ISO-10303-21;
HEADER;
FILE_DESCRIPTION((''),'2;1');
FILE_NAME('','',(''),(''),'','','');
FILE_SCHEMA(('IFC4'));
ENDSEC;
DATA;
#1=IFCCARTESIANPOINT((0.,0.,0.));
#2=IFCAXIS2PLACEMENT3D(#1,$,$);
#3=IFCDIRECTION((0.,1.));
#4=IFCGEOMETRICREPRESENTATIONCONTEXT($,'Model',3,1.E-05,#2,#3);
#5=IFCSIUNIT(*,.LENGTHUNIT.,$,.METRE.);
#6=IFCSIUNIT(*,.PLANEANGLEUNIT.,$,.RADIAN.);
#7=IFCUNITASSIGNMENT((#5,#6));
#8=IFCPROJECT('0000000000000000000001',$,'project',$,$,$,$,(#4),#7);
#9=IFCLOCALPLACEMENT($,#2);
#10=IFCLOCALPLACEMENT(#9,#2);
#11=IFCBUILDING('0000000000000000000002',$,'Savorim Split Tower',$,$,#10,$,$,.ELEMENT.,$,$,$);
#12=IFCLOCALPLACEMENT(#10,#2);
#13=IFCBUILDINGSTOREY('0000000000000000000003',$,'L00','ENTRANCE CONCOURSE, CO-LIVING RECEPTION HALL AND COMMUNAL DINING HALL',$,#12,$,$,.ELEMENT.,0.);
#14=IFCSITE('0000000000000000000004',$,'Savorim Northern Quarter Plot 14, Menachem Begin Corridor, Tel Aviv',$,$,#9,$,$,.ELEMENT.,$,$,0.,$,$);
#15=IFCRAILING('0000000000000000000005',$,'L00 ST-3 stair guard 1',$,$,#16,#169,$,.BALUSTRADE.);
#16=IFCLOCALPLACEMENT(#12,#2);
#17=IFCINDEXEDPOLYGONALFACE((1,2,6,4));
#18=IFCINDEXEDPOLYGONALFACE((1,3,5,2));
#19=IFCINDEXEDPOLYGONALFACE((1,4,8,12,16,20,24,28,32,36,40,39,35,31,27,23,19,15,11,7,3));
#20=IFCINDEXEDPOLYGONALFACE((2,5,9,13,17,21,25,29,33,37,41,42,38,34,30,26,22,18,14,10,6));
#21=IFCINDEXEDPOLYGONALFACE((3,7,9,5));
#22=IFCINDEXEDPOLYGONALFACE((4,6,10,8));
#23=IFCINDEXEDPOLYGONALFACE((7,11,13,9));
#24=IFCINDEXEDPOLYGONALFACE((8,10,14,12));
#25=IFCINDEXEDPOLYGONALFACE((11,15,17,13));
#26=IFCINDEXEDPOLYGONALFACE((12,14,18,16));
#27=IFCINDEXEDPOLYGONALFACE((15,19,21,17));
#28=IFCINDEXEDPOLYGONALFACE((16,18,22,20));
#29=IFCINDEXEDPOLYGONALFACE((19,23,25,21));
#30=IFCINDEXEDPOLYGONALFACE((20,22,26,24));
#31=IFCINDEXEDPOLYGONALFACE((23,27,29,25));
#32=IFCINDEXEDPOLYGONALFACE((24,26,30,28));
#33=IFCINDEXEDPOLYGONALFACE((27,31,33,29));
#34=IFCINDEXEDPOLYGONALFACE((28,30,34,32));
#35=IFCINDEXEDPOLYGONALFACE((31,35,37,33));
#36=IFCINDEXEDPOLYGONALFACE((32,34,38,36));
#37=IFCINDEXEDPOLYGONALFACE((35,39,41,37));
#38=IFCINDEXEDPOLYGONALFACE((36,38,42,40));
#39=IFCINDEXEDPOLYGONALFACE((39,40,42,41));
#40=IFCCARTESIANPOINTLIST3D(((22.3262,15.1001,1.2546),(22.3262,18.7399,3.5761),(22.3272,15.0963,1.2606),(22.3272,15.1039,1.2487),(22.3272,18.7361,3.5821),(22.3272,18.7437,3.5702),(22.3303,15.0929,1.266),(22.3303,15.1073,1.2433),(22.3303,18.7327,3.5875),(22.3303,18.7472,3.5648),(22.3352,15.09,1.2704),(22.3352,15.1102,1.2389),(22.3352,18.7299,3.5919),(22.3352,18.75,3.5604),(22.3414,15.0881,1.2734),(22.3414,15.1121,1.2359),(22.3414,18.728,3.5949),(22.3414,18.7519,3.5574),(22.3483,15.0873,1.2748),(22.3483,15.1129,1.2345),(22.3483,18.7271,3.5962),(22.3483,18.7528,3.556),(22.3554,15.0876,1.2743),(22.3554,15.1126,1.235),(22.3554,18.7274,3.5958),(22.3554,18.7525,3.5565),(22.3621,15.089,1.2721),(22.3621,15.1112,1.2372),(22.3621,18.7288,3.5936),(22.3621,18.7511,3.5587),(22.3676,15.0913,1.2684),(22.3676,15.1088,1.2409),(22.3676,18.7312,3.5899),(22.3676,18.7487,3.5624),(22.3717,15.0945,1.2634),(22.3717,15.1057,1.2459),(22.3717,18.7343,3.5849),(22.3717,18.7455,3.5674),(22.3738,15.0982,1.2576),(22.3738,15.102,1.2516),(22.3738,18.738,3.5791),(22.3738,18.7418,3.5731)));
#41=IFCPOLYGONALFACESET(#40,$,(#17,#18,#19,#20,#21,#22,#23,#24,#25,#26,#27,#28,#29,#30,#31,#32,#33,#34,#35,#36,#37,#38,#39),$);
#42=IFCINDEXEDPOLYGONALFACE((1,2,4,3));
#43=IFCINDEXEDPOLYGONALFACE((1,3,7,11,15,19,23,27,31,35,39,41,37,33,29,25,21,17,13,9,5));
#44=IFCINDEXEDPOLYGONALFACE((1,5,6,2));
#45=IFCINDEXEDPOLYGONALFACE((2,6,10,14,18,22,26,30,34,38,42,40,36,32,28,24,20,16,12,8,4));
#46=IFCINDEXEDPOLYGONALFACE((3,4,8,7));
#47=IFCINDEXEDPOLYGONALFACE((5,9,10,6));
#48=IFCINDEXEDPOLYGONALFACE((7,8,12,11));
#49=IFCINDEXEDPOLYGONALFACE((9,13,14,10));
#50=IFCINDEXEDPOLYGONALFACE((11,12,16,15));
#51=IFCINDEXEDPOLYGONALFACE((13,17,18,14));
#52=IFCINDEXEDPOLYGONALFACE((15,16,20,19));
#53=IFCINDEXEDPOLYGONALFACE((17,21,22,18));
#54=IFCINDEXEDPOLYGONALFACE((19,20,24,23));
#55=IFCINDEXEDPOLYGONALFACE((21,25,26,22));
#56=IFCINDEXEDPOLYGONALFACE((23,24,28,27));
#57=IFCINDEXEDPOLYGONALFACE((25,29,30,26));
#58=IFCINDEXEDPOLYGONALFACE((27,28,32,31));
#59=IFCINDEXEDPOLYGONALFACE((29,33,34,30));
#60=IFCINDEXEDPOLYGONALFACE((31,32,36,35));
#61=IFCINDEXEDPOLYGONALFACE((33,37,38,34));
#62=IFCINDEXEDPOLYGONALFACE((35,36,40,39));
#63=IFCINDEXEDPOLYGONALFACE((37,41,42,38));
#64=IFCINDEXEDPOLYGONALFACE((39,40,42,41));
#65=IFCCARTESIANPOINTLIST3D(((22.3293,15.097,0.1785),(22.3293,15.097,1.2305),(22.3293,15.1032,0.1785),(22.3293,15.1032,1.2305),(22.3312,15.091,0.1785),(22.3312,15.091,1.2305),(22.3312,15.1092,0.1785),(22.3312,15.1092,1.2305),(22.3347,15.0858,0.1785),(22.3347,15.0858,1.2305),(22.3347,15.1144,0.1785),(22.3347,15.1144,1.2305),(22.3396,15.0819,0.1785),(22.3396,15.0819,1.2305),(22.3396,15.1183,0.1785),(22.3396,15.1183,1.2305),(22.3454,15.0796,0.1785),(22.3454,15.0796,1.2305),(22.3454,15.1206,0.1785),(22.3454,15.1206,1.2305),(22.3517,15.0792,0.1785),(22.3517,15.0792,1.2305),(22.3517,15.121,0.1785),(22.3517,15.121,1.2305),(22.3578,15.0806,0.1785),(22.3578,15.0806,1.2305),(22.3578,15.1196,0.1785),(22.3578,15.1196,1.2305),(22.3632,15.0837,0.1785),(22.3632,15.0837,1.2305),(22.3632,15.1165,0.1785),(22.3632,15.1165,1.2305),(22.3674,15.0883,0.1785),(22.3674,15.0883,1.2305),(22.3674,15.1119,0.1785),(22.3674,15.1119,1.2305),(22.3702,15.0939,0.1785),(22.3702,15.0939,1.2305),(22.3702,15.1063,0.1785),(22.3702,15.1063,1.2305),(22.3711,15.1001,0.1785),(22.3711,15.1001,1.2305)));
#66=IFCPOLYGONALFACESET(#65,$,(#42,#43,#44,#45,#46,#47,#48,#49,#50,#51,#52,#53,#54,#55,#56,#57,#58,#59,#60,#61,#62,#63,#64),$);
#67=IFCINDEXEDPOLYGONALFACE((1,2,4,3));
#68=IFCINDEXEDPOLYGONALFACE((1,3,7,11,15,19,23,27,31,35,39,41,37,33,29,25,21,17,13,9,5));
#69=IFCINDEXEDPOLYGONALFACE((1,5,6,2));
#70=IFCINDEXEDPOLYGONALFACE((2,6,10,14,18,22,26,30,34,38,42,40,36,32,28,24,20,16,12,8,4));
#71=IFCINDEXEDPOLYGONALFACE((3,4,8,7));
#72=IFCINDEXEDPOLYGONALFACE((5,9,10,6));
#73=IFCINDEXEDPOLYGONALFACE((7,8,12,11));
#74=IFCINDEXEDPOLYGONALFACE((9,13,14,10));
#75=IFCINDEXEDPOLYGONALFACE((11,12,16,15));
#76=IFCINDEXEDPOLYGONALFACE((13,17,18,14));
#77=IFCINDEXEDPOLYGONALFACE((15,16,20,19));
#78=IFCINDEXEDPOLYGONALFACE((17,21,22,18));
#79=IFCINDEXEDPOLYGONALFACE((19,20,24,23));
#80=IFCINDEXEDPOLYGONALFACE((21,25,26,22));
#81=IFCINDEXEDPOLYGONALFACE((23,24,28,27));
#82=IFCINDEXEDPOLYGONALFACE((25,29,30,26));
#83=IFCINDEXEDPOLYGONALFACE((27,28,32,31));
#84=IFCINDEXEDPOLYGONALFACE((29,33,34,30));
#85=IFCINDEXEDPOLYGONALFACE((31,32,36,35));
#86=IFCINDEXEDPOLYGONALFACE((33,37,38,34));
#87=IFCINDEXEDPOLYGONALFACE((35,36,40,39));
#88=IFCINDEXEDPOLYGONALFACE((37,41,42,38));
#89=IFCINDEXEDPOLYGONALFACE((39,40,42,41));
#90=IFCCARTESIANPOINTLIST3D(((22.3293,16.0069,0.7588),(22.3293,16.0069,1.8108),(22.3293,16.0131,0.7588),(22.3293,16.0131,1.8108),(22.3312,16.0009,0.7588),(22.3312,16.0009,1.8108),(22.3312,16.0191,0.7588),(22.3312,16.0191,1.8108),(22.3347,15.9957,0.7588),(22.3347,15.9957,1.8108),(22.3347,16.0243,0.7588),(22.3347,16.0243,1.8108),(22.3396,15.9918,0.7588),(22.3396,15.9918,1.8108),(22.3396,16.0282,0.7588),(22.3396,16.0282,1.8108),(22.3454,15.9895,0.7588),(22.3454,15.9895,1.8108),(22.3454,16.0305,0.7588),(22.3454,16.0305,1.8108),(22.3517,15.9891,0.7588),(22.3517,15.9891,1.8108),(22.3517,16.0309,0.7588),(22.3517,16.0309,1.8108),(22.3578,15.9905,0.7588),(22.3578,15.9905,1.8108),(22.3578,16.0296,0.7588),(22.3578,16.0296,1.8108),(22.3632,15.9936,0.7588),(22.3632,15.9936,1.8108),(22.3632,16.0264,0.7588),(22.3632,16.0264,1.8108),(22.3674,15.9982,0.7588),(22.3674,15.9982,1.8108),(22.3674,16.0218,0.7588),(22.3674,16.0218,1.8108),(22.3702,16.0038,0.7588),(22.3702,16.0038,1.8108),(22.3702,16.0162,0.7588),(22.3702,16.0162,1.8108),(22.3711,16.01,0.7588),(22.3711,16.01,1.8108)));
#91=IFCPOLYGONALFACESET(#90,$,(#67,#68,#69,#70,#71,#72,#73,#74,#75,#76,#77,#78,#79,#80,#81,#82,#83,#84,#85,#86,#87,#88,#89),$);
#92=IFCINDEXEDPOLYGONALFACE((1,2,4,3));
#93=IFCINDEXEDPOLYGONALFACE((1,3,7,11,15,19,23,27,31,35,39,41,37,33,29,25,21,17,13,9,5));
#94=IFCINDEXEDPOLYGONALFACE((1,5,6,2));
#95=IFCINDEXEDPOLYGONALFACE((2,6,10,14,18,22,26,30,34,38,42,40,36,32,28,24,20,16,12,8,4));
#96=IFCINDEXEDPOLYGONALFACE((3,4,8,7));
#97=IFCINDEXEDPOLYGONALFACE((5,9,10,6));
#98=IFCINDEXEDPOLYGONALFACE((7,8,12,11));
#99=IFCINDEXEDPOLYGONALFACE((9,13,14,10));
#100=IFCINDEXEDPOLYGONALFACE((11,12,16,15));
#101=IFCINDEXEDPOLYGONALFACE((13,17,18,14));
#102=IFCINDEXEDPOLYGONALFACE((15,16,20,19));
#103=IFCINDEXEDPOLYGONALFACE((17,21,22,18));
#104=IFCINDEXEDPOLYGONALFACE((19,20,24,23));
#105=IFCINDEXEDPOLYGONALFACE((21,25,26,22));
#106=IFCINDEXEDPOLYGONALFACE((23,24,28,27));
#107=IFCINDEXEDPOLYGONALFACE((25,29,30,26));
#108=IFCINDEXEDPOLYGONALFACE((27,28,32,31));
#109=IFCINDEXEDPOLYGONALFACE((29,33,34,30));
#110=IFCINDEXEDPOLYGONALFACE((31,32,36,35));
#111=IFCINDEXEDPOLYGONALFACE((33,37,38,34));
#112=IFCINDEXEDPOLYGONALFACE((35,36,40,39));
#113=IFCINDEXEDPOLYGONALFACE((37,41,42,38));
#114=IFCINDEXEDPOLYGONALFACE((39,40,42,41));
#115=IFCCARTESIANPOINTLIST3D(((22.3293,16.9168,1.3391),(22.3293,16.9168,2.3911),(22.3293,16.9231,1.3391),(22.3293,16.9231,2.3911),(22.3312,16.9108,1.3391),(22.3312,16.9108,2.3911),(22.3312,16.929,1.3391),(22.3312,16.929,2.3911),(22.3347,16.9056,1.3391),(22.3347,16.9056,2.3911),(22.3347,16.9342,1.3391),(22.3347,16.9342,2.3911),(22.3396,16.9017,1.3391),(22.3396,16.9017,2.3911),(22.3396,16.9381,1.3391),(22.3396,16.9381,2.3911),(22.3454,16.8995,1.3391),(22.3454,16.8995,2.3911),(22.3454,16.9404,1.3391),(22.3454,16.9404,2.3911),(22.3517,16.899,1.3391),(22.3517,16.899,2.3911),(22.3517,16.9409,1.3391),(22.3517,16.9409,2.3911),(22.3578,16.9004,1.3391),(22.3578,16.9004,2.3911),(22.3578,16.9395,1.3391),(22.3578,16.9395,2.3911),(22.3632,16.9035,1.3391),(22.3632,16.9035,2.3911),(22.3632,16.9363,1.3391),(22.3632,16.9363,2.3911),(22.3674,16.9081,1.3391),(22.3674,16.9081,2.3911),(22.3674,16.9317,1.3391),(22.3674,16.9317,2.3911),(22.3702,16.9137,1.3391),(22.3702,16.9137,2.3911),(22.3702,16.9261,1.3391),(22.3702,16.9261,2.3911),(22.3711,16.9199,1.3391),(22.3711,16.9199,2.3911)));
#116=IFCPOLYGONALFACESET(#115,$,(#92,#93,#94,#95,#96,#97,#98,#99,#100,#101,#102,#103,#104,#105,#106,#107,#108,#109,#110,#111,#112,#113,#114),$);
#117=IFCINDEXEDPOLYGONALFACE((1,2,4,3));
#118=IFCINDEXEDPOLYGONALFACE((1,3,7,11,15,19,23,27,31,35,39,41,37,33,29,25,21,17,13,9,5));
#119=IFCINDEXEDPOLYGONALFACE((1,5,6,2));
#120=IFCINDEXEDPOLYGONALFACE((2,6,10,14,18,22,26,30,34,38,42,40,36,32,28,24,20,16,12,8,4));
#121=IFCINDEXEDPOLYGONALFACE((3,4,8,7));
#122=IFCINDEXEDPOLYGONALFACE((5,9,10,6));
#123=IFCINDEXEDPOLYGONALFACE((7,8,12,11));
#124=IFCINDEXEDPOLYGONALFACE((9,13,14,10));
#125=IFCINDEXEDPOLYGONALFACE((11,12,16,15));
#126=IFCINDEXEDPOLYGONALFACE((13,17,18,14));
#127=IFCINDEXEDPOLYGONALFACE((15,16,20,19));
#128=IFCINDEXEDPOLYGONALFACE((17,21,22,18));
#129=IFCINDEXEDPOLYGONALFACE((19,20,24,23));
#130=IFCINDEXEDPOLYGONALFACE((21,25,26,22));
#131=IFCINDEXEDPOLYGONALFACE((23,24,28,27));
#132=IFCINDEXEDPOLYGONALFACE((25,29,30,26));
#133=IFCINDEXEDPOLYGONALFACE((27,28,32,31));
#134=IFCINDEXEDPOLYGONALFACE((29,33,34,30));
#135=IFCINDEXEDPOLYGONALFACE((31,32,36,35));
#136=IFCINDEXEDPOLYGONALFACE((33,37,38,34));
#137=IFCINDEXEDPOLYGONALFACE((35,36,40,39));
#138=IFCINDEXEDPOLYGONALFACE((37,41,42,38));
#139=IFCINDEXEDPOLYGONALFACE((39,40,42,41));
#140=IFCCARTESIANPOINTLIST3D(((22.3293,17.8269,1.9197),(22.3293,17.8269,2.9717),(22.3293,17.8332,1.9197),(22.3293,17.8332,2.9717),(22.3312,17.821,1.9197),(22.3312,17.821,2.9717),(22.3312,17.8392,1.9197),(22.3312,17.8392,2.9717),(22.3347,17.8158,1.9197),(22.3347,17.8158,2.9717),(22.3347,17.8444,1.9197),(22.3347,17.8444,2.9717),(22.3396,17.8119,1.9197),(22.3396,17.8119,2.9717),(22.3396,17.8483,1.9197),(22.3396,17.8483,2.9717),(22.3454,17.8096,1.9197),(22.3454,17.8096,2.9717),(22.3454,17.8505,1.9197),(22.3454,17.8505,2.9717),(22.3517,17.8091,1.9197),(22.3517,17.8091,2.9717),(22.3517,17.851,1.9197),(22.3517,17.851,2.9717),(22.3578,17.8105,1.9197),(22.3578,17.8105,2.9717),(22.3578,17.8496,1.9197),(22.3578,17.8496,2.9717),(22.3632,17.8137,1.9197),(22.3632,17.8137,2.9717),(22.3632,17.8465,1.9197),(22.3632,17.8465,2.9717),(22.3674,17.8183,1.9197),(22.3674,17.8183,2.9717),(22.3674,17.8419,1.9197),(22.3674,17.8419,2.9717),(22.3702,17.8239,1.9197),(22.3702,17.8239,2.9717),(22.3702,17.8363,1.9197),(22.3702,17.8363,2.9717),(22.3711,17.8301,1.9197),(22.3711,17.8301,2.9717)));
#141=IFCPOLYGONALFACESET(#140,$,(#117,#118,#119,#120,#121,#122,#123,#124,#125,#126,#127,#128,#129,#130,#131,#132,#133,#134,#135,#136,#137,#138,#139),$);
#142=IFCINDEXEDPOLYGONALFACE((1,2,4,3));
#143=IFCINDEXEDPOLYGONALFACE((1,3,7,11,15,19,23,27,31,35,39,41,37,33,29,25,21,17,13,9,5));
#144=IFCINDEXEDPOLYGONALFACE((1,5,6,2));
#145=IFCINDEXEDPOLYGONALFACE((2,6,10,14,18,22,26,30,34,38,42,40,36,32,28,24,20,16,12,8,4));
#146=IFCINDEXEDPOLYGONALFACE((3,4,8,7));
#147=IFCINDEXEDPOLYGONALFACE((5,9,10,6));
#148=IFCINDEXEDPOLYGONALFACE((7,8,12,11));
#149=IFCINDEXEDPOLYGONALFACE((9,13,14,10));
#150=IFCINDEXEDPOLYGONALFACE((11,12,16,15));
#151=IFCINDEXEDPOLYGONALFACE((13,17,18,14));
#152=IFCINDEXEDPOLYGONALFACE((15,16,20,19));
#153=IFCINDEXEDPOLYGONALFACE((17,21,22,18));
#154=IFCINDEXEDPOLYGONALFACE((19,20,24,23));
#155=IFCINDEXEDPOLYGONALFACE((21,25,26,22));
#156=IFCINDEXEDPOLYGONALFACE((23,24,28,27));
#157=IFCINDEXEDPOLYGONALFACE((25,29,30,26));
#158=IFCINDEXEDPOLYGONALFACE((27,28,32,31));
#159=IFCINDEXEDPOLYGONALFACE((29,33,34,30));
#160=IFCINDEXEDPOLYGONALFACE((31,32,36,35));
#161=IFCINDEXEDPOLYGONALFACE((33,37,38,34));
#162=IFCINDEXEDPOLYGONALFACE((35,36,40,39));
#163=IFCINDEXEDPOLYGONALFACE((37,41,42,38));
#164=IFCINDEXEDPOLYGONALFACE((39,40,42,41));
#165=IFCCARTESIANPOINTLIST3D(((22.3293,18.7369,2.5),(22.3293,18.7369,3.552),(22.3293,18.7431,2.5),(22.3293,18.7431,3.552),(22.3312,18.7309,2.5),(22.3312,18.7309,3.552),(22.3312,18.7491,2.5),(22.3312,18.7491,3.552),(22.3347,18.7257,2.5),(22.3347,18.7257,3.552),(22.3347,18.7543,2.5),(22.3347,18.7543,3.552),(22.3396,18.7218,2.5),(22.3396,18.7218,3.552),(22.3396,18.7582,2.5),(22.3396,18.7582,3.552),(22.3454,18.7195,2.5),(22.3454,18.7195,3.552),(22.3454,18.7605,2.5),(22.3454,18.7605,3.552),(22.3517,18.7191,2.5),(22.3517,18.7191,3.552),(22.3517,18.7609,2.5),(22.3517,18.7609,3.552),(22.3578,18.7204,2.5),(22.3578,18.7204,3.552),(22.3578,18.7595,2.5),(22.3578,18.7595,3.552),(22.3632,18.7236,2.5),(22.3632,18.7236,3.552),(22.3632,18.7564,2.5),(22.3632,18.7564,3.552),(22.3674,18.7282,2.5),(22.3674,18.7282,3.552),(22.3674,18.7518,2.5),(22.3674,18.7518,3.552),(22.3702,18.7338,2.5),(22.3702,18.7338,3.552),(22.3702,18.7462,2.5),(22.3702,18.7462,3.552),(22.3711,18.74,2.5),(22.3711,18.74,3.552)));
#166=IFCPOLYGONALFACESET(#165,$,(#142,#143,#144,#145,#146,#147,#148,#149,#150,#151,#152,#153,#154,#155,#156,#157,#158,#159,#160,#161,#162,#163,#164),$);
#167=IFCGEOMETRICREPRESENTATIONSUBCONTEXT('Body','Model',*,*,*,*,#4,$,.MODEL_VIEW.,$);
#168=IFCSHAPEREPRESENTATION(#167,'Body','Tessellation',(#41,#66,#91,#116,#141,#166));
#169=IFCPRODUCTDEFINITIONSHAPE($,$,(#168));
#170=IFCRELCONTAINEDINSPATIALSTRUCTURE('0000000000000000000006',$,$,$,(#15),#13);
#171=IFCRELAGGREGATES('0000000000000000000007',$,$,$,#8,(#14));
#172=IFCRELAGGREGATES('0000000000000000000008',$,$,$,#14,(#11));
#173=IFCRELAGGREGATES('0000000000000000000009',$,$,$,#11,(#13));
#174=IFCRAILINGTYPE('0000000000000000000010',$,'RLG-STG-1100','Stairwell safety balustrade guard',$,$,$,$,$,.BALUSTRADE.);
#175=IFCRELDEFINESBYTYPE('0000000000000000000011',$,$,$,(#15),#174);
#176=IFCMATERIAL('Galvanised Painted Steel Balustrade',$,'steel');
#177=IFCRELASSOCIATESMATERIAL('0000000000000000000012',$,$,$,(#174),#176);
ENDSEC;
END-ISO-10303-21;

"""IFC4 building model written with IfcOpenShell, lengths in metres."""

from ifc_helpers import new_model, si_unit, direction, frame, origin, origin_2d, place, context, subcontext, project, spatial, circle, extrude, material, type_object, element, save


model = new_model("IFC4")

# Units and contexts
model_context = context("Model", 3, precision=1e-05, world=origin(), true_north=direction((0.0, 1.0)))
body_context = subcontext(model_context, "Body", "Model", "MODEL_VIEW")
ifc_project = project(units=[si_unit("LENGTHUNIT", "METRE"), si_unit("PLANEANGLEUNIT", "RADIAN")], contexts=[model_context])

# Site, building, storey
site_placement = place(None, origin())
site = spatial("IfcSite", under=ifc_project, at=site_placement, Name="Savorim Northern Quarter Plot 14, Menachem Begin Corridor, Tel Aviv", CompositionType="ELEMENT", RefElevation=0.0)
building_placement = place(site_placement, origin())
building = spatial("IfcBuilding", under=site, at=building_placement, Name="Savorim Split Tower", CompositionType="ELEMENT")
storey_placement = place(building_placement, origin())
storey = spatial("IfcBuildingStorey", under=building, at=storey_placement, Name="L00", Description="ENTRANCE CONCOURSE, CO-LIVING RECEPTION HALL AND COMMUNAL DINING HALL", CompositionType="ELEMENT", Elevation=0.0)

# Railing
ifc_material_1 = material(Name="Galvanised Painted Steel Balustrade", Category="steel")
railing_type_1 = type_object("IfcRailingType", Name="RLG-STG-1100", Description="Stairwell safety balustrade guard", PredefinedType="BALUSTRADE", material=ifc_material_1)
railing_1_placement = place(storey_placement, frame((22.3501, 15.1001, 0.1785)))
element("IfcRailing", 1, at=railing_1_placement, inside=storey, type_object=railing_type_1, Name="L00 ST-3 stair guard 1", PredefinedType="BALUSTRADE", context=body_context, shape_type="SweptSolid", body=[
    extrude(circle(Radius=0.0239, at=origin_2d()), frame((0.0, 0.0, 1.0762), z_axis=(0.0, 0.843112, 0.537739), x_axis=(-1.0, 0.0, 0.0)), (0.0, 0.0, 1.0), 4.3171),
    extrude(circle(Radius=0.021, at=origin_2d()), origin(), (0.0, 0.0, 1.0), 1.052),
    extrude(circle(Radius=0.021, at=origin_2d()), frame((0.0, 0.9099, 0.5803)), (0.0, 0.0, 1.0), 1.052),
    extrude(circle(Radius=0.021, at=origin_2d()), frame((0.0, 1.8198, 1.1606)), (0.0, 0.0, 1.0), 1.052),
    extrude(circle(Radius=0.021, at=origin_2d()), frame((0.0, 2.73, 1.7412)), (0.0, 0.0, 1.0), 1.052),
    extrude(circle(Radius=0.021, at=origin_2d()), frame((0.0, 3.6399, 2.3215)), (0.0, 0.0, 1.0), 1.052),
])

save(model, "model.ifc")
